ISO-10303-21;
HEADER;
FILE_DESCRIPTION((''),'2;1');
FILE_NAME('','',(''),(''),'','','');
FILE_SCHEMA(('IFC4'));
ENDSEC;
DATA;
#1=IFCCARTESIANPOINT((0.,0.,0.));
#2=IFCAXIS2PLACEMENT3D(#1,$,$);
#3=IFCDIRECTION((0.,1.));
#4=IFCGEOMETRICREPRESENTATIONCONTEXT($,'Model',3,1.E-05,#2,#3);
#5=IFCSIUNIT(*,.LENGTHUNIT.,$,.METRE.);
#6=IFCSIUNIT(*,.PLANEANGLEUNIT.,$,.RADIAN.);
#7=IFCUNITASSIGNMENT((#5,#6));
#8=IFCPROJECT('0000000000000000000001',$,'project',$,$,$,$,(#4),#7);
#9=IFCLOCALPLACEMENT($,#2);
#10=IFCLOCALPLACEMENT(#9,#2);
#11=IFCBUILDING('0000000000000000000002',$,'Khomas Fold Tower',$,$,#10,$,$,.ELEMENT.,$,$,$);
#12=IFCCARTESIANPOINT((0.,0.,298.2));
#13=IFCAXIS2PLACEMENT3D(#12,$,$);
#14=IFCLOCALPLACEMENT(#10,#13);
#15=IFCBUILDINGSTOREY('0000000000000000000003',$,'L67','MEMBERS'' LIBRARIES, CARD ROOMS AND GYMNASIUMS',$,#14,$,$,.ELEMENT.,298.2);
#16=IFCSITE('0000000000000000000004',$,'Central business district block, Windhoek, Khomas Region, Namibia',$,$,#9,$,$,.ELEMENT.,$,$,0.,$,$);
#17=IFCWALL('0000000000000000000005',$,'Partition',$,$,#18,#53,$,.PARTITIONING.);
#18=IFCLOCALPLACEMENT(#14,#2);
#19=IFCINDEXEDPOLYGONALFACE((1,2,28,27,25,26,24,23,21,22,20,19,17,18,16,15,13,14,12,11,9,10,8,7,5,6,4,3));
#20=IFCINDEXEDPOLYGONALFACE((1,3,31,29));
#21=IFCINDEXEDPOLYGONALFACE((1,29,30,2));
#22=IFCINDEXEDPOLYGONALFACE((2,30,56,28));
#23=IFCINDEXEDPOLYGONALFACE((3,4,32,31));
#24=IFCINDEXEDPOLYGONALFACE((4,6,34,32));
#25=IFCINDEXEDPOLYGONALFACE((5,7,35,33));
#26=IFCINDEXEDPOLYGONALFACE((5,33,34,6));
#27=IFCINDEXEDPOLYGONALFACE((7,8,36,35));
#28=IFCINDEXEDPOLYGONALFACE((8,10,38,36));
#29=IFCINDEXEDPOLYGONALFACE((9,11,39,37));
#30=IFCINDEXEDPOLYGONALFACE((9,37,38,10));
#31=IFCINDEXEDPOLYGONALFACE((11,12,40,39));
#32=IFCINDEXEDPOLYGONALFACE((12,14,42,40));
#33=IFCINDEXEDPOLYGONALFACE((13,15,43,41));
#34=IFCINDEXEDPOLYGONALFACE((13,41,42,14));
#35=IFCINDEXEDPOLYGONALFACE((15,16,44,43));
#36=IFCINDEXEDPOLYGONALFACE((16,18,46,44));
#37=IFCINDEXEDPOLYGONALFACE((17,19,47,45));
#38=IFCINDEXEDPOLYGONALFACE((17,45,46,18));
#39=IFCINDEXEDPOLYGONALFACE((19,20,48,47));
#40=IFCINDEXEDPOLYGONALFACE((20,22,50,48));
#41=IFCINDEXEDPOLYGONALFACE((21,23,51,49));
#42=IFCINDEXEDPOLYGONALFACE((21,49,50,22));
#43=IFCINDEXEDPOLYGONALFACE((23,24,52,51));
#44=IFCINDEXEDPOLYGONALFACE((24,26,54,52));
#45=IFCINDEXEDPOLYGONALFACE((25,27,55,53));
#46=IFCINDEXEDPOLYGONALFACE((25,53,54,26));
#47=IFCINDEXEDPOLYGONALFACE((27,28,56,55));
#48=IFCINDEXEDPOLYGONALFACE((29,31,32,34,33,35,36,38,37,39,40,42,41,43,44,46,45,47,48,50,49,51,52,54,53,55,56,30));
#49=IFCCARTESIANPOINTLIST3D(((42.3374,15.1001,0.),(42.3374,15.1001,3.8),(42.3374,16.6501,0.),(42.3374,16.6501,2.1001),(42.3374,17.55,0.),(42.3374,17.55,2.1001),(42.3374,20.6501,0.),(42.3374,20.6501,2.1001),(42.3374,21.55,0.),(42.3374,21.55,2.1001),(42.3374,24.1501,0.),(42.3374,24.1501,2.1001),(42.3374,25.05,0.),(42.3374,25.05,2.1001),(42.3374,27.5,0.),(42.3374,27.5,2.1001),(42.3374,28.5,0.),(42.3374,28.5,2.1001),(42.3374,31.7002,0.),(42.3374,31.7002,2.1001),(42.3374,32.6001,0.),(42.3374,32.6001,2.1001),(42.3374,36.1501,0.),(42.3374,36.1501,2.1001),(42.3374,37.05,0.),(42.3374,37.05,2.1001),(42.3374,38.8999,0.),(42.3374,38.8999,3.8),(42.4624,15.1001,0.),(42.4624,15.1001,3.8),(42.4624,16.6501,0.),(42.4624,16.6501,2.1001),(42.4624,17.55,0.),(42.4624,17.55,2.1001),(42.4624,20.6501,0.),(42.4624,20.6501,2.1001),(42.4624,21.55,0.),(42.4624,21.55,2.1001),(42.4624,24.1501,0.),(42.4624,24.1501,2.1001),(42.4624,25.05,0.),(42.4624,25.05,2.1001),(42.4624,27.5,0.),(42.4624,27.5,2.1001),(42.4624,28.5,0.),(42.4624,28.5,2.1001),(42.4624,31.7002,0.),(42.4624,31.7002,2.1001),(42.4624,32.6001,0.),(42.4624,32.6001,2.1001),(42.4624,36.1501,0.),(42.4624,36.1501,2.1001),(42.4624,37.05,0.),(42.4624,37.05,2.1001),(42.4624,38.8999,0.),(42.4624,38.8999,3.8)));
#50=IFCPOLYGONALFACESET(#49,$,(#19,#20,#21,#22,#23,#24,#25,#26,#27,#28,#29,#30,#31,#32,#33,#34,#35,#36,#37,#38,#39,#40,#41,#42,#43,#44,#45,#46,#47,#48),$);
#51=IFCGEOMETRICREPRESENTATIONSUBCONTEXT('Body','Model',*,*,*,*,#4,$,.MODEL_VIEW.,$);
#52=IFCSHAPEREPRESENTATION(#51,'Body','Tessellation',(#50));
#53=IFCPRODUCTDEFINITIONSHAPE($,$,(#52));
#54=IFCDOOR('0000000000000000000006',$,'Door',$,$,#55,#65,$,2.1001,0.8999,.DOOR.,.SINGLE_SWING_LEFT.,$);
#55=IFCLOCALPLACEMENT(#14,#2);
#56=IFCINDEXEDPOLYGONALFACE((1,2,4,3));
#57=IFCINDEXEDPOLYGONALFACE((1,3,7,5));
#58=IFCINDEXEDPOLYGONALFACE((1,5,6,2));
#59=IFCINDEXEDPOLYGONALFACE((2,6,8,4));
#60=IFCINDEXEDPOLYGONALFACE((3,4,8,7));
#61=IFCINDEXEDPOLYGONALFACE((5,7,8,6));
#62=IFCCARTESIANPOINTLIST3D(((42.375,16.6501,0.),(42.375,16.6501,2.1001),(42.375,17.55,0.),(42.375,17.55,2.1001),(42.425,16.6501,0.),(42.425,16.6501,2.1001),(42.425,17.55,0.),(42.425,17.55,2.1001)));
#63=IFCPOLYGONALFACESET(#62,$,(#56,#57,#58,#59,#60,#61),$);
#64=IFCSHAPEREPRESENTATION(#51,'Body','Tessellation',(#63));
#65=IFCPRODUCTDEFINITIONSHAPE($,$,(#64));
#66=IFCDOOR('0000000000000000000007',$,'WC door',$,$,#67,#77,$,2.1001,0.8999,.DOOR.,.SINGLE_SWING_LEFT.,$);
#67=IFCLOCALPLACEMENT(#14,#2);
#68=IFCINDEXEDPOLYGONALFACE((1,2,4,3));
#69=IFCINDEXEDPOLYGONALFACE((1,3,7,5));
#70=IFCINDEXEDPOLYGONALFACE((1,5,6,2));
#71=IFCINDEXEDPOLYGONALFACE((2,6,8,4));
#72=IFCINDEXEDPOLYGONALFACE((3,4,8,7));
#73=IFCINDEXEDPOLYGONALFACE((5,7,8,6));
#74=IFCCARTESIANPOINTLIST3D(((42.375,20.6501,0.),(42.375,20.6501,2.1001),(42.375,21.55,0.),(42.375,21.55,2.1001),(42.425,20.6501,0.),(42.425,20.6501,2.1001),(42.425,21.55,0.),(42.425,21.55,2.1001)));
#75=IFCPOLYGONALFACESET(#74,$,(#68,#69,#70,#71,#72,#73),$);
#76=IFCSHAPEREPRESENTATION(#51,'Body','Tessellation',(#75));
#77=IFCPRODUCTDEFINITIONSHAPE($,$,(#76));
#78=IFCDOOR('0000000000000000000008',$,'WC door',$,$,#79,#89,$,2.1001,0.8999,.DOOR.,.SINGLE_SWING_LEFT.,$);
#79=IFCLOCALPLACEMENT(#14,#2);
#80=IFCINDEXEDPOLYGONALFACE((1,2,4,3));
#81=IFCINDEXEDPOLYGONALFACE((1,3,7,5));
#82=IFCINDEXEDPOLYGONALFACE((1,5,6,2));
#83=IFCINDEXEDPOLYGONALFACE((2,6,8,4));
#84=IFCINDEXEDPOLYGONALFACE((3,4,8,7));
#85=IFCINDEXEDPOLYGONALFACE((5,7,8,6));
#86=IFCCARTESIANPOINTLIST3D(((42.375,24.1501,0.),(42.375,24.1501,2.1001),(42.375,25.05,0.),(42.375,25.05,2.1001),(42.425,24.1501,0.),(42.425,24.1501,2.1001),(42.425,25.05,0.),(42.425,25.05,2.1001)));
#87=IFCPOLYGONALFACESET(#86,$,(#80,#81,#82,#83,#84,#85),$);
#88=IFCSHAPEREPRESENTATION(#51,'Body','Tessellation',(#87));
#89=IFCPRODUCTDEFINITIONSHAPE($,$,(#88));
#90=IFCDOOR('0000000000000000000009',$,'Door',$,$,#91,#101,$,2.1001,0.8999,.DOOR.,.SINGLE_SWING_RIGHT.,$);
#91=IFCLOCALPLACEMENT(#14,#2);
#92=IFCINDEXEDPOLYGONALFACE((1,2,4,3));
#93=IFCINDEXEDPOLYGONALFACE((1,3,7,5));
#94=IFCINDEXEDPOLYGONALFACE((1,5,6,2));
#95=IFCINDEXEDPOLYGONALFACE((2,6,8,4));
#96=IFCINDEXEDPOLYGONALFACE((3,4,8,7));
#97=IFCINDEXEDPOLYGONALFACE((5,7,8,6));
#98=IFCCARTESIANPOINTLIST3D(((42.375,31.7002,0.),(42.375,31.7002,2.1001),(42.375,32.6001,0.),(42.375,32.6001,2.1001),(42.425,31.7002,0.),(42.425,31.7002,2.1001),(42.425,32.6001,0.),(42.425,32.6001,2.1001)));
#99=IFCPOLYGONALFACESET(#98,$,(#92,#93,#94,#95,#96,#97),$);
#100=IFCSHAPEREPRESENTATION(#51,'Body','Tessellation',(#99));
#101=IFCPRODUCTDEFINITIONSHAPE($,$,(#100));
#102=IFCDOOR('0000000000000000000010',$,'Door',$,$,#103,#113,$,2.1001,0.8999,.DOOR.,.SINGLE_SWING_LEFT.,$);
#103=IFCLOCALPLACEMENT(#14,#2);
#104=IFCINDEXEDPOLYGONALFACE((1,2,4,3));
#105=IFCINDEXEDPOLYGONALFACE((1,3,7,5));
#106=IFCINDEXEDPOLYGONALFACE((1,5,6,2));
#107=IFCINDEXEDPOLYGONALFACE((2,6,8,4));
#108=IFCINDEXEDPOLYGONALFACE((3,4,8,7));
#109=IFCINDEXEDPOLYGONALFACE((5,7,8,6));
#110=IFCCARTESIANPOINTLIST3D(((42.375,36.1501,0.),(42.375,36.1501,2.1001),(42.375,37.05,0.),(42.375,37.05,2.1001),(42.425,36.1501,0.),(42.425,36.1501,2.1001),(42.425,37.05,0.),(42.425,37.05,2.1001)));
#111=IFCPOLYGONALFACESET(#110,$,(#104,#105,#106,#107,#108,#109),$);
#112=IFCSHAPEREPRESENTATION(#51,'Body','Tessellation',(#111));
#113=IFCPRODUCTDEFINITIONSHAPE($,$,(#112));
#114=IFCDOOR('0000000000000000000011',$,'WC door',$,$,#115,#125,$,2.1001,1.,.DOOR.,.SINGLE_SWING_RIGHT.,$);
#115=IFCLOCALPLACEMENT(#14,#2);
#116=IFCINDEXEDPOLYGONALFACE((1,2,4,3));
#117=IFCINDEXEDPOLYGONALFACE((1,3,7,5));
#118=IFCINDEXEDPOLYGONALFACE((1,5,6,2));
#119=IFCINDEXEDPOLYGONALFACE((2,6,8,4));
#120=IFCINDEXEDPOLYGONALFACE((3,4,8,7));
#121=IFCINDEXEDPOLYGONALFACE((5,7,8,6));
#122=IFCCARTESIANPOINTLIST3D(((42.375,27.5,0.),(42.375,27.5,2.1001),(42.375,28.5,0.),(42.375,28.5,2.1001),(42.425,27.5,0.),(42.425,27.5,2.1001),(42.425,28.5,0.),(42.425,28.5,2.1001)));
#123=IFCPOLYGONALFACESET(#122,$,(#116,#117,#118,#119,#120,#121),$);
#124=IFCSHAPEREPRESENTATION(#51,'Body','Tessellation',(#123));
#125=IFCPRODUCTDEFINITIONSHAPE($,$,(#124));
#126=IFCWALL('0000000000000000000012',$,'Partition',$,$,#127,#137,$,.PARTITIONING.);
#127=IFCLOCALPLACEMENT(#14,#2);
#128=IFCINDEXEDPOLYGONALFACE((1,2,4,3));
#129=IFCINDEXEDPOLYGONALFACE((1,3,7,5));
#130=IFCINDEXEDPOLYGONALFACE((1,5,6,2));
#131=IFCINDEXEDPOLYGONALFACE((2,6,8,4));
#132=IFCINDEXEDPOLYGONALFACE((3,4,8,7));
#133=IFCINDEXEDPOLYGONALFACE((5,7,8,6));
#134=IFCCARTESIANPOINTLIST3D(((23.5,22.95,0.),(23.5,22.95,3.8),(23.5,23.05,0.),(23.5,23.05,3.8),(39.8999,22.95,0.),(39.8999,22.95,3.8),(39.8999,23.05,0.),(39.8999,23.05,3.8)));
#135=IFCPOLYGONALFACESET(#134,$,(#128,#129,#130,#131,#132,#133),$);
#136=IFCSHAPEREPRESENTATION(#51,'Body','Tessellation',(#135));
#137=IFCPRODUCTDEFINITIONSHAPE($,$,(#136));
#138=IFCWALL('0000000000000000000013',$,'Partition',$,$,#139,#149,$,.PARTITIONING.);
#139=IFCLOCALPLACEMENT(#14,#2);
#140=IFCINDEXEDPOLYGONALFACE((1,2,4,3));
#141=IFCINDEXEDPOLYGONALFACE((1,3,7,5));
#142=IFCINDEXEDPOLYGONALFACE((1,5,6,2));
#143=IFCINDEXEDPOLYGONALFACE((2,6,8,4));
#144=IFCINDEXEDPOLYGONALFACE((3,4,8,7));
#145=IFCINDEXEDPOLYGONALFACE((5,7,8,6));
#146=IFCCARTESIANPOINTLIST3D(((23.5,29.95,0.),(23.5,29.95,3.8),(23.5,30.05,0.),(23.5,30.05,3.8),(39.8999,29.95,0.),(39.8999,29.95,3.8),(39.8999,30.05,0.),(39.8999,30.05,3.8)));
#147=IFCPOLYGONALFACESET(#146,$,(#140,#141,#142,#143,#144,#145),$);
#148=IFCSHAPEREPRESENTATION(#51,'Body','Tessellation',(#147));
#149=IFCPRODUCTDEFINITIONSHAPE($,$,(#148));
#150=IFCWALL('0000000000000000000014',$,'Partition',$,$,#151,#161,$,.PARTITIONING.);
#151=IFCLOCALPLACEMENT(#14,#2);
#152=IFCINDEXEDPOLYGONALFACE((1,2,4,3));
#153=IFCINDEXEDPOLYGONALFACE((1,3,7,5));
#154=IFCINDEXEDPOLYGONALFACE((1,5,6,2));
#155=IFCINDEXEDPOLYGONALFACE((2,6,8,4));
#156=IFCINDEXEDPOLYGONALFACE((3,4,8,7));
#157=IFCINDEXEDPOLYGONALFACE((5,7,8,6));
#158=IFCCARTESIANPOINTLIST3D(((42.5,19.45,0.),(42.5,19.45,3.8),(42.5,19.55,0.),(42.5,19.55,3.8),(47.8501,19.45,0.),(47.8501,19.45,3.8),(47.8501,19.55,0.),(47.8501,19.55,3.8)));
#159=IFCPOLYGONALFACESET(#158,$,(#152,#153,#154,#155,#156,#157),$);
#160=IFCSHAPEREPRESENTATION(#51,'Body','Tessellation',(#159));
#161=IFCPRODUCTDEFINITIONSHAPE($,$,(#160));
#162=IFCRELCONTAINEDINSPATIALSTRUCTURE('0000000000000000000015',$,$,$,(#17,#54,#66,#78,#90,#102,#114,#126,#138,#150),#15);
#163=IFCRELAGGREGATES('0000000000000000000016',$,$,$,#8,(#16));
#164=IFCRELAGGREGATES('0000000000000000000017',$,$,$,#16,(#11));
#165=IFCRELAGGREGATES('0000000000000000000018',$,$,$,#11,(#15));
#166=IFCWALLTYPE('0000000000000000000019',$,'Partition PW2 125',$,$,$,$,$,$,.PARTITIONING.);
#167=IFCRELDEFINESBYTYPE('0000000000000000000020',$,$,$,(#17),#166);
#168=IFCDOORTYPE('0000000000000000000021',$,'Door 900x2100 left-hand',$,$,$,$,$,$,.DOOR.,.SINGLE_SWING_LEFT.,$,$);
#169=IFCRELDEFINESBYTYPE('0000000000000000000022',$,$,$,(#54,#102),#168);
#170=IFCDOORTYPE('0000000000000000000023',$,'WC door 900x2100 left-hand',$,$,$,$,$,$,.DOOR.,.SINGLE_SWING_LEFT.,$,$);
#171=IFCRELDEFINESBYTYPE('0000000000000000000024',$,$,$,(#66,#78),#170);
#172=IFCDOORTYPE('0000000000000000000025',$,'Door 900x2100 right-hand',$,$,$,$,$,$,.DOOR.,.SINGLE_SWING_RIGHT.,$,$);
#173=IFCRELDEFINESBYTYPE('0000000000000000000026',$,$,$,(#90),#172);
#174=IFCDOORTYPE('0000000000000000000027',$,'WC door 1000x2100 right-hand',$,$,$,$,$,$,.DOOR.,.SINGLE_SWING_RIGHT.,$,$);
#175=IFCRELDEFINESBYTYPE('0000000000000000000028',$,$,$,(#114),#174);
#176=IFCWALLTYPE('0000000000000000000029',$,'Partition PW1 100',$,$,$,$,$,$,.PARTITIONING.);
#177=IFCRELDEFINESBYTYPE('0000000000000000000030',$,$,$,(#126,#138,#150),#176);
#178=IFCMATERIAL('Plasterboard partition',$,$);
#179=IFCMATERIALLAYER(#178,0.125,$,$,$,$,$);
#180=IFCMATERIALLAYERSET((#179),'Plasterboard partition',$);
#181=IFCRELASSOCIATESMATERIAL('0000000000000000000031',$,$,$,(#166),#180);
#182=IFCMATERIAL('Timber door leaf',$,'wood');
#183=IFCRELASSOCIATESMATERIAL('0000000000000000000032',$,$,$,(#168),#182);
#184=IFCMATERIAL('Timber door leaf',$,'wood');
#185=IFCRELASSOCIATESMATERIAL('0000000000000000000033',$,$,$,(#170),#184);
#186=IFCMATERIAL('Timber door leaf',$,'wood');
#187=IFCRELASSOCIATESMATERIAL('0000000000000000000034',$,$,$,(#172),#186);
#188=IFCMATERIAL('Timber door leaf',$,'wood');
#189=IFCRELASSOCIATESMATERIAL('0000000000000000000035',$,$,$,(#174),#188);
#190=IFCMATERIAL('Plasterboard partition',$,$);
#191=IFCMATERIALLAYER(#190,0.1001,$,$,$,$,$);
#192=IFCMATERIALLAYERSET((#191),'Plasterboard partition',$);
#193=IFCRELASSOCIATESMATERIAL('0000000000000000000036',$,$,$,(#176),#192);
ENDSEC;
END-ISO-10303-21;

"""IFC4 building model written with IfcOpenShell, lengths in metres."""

from ifc_helpers import new_model, si_unit, direction, frame, frame_2d, origin, place, context, subcontext, project, spatial, rectangle, extrude, source, transform, mapped, material, layer, layer_set, type_object, element, fill, save


model = new_model("IFC4")

# Units and contexts
model_context = context("Model", 3, precision=1e-05, world=origin(), true_north=direction((0.0, 1.0)))
body_context = subcontext(model_context, "Body", "Model", "MODEL_VIEW")
ifc_project = project(units=[si_unit("LENGTHUNIT", "METRE"), si_unit("PLANEANGLEUNIT", "RADIAN")], contexts=[model_context])

# Site, building, storey
site_placement = place(None, origin())
site = spatial("IfcSite", under=ifc_project, at=site_placement, Name="Central business district block, Windhoek, Khomas Region, Namibia", CompositionType="ELEMENT", RefElevation=0.0)
building_placement = place(site_placement, origin())
building = spatial("IfcBuilding", under=site, at=building_placement, Name="Khomas Fold Tower", CompositionType="ELEMENT")
storey_placement = place(building_placement, frame((0.0, 0.0, 298.2)))
storey = spatial("IfcBuildingStorey", under=building, at=storey_placement, Name="L67", Description="MEMBERS' LIBRARIES, CARD ROOMS AND GYMNASIUMS", CompositionType="ELEMENT", Elevation=298.2)

# Shared definitions
ifc_material_1 = material(Name="Plasterboard partition")
ifc_layer_1 = layer(ifc_material_1, 0.125)
ifc_layer_set_1 = layer_set([ifc_layer_1], Name="Plasterboard partition")
wall_type_1 = type_object("IfcWallType", Name="Partition PW2 125", PredefinedType="PARTITIONING", material=ifc_layer_set_1)

# Wall, openings, doors
shared_shape_1 = source(origin(), body_context, "Body", "SweptSolid", [
    extrude(rectangle(XDim=23.7998, YDim=0.125, at=frame_2d((11.8999, 0.0))), origin(), (0.0, 0.0, 1.0), 3.8),
])
wall_1_placement = place(storey_placement, frame((42.3999, 15.1001, 0.0), z_axis=(0.0, 0.0, 1.0), x_axis=(0.0, 1.0, 0.0)))
wall_1 = element("IfcWall", 1, at=wall_1_placement, inside=storey, type_object=wall_type_1, Name="Partition", PredefinedType="PARTITIONING", context=body_context, shape_type="MappedRepresentation", body=[
    mapped(shared_shape_1, transform((0.0, 0.0, 0.0))),
])
shared_shape_2 = source(origin(), body_context, "Body", "SweptSolid", [
    extrude(rectangle(XDim=0.8999, YDim=2.1001, at=frame_2d((0.45, 1.05))), frame((0.0, 0.0725, 0.0), z_axis=(0.0, -1.0, 0.0), x_axis=(1.0, 0.0, 0.0)), (0.0, 0.0, 1.0), 0.145),
])
opening_1_placement = place(wall_1_placement, frame((1.55, 0.0, 0.0)))
opening_1 = element("IfcOpeningElement", 2, at=opening_1_placement, cuts=wall_1, PredefinedType="OPENING", context=body_context, shape_type="MappedRepresentation", body=[
    mapped(shared_shape_2, transform((0.0, 0.0, 0.0))),
])
opening_2_placement = place(wall_1_placement, frame((5.55, 0.0, 0.0)))
opening_2 = element("IfcOpeningElement", 3, at=opening_2_placement, cuts=wall_1, PredefinedType="OPENING", context=body_context, shape_type="MappedRepresentation", body=[
    mapped(shared_shape_2, transform((0.0, 0.0, 0.0))),
])
opening_3_placement = place(wall_1_placement, frame((9.05, 0.0, 0.0)))
opening_3 = element("IfcOpeningElement", 4, at=opening_3_placement, cuts=wall_1, PredefinedType="OPENING", context=body_context, shape_type="MappedRepresentation", body=[
    mapped(shared_shape_2, transform((0.0, 0.0, 0.0))),
])
shared_shape_3 = source(origin(), body_context, "Body", "SweptSolid", [
    extrude(rectangle(XDim=1.0, YDim=2.1001, at=frame_2d((0.5, 1.05))), frame((0.0, 0.0725, 0.0), z_axis=(0.0, -1.0, 0.0), x_axis=(1.0, 0.0, 0.0)), (0.0, 0.0, 1.0), 0.145),
])
opening_4_placement = place(wall_1_placement, frame((12.3999, 0.0, 0.0)))
opening_4 = element("IfcOpeningElement", 5, at=opening_4_placement, cuts=wall_1, PredefinedType="OPENING", context=body_context, shape_type="MappedRepresentation", body=[
    mapped(shared_shape_3, transform((0.0, 0.0, 0.0))),
])
opening_5_placement = place(wall_1_placement, frame((16.6001, 0.0, 0.0)))
opening_5 = element("IfcOpeningElement", 6, at=opening_5_placement, cuts=wall_1, PredefinedType="OPENING", context=body_context, shape_type="MappedRepresentation", body=[
    mapped(shared_shape_2, transform((0.0, 0.0, 0.0))),
])
opening_6_placement = place(wall_1_placement, frame((21.05, 0.0, 0.0)))
opening_6 = element("IfcOpeningElement", 7, at=opening_6_placement, cuts=wall_1, PredefinedType="OPENING", context=body_context, shape_type="MappedRepresentation", body=[
    mapped(shared_shape_2, transform((0.0, 0.0, 0.0))),
])
ifc_material_2 = material(Name="Timber door leaf", Category="wood")
door_type_1 = type_object("IfcDoorType", Name="Door 900x2100 left-hand", OperationType="SINGLE_SWING_LEFT", PredefinedType="DOOR", material=ifc_material_2)
shared_shape_4 = source(origin(), body_context, "Body", "SweptSolid", [
    extrude(rectangle(XDim=0.8999, YDim=2.1001, at=frame_2d((0.45, 1.05))), frame((0.0, 0.0249, 0.0), z_axis=(0.0, -1.0, 0.0), x_axis=(1.0, 0.0, 0.0)), (0.0, 0.0, 1.0), 0.05),
])
door_1_placement = place(opening_1_placement, origin())
door_1 = element("IfcDoor", 8, at=door_1_placement, inside=storey, type_object=door_type_1, Name="Door", OperationType="SINGLE_SWING_LEFT", OverallHeight=2.1001, OverallWidth=0.8999, PredefinedType="DOOR", context=body_context, shape_type="MappedRepresentation", body=[
    mapped(shared_shape_4, transform((0.0, 0.0, 0.0))),
])
fill(opening_1, door_1)
ifc_material_3 = material(Name="Timber door leaf", Category="wood")
door_type_2 = type_object("IfcDoorType", Name="WC door 900x2100 left-hand", OperationType="SINGLE_SWING_LEFT", PredefinedType="DOOR", material=ifc_material_3)
door_2_placement = place(opening_2_placement, origin())
door_2 = element("IfcDoor", 9, at=door_2_placement, inside=storey, type_object=door_type_2, Name="WC door", OperationType="SINGLE_SWING_LEFT", OverallHeight=2.1001, OverallWidth=0.8999, PredefinedType="DOOR", context=body_context, shape_type="MappedRepresentation", body=[
    mapped(shared_shape_4, transform((0.0, 0.0, 0.0))),
])
fill(opening_2, door_2)
door_3_placement = place(opening_3_placement, origin())
door_3 = element("IfcDoor", 10, at=door_3_placement, inside=storey, type_object=door_type_2, Name="WC door", OperationType="SINGLE_SWING_LEFT", OverallHeight=2.1001, OverallWidth=0.8999, PredefinedType="DOOR", context=body_context, shape_type="MappedRepresentation", body=[
    mapped(shared_shape_4, transform((0.0, 0.0, 0.0))),
])
fill(opening_3, door_3)
ifc_material_4 = material(Name="Timber door leaf", Category="wood")
door_type_3 = type_object("IfcDoorType", Name="Door 900x2100 right-hand", OperationType="SINGLE_SWING_RIGHT", PredefinedType="DOOR", material=ifc_material_4)
door_4_placement = place(opening_5_placement, origin())
door_4 = element("IfcDoor", 11, at=door_4_placement, inside=storey, type_object=door_type_3, Name="Door", OperationType="SINGLE_SWING_RIGHT", OverallHeight=2.1001, OverallWidth=0.8999, PredefinedType="DOOR", context=body_context, shape_type="MappedRepresentation", body=[
    mapped(shared_shape_4, transform((0.0, 0.0, 0.0))),
])
fill(opening_5, door_4)
door_5_placement = place(opening_6_placement, origin())
door_5 = element("IfcDoor", 12, at=door_5_placement, inside=storey, type_object=door_type_1, Name="Door", OperationType="SINGLE_SWING_LEFT", OverallHeight=2.1001, OverallWidth=0.8999, PredefinedType="DOOR", context=body_context, shape_type="MappedRepresentation", body=[
    mapped(shared_shape_4, transform((0.0, 0.0, 0.0))),
])
fill(opening_6, door_5)
ifc_material_5 = material(Name="Timber door leaf", Category="wood")
door_type_4 = type_object("IfcDoorType", Name="WC door 1000x2100 right-hand", OperationType="SINGLE_SWING_RIGHT", PredefinedType="DOOR", material=ifc_material_5)
shared_shape_5 = source(origin(), body_context, "Body", "SweptSolid", [
    extrude(rectangle(XDim=1.0, YDim=2.1001, at=frame_2d((0.5, 1.05))), frame((0.0, 0.0249, 0.0), z_axis=(0.0, -1.0, 0.0), x_axis=(1.0, 0.0, 0.0)), (0.0, 0.0, 1.0), 0.05),
])
door_6_placement = place(opening_4_placement, origin())
door_6 = element("IfcDoor", 13, at=door_6_placement, inside=storey, type_object=door_type_4, Name="WC door", OperationType="SINGLE_SWING_RIGHT", OverallHeight=2.1001, OverallWidth=1.0, PredefinedType="DOOR", context=body_context, shape_type="MappedRepresentation", body=[
    mapped(shared_shape_5, transform((0.0, 0.0, 0.0))),
])
fill(opening_4, door_6)

# Walls
ifc_material_6 = material(Name="Plasterboard partition")
ifc_layer_2 = layer(ifc_material_6, 0.1001)
ifc_layer_set_2 = layer_set([ifc_layer_2], Name="Plasterboard partition")
wall_type_2 = type_object("IfcWallType", Name="Partition PW1 100", PredefinedType="PARTITIONING", material=ifc_layer_set_2)
shared_shape_6 = source(origin(), body_context, "Body", "SweptSolid", [
    extrude(rectangle(XDim=16.3999, YDim=0.1001, at=frame_2d((8.2, 0.0))), origin(), (0.0, 0.0, 1.0), 3.8),
])
for number, where, z_axis, x_axis, name in (
    (14, (23.5, 23.0, 0.0), (0.0, 0.0, 1.0), (1.0, 0.0, 0.0), "Partition"),
    (15, (23.5, 30.0, 0.0), (0.0, 0.0, 1.0), (1.0, 0.0, 0.0), "Partition"),
):
    element("IfcWall", number, at=place(storey_placement, frame(where, z_axis=z_axis, x_axis=x_axis)), inside=storey, type_object=wall_type_2, Name=name, PredefinedType="PARTITIONING", context=body_context, shape_type="MappedRepresentation", body=[
        mapped(shared_shape_6, transform((0.0, 0.0, 0.0))),
    ])
shared_shape_7 = source(origin(), body_context, "Body", "SweptSolid", [
    extrude(rectangle(XDim=5.3501, YDim=0.1001, at=frame_2d((2.675, 0.0))), origin(), (0.0, 0.0, 1.0), 3.8),
])
for number, where, z_axis, x_axis, name in (
    (16, (42.5, 19.5, 0.0), (0.0, 0.0, 1.0), (1.0, 0.0, 0.0), "Partition"),
):
    element("IfcWall", number, at=place(storey_placement, frame(where, z_axis=z_axis, x_axis=x_axis)), inside=storey, type_object=wall_type_2, Name=name, PredefinedType="PARTITIONING", context=body_context, shape_type="MappedRepresentation", body=[
        mapped(shared_shape_7, transform((0.0, 0.0, 0.0))),
    ])

save(model, "model.ifc")
